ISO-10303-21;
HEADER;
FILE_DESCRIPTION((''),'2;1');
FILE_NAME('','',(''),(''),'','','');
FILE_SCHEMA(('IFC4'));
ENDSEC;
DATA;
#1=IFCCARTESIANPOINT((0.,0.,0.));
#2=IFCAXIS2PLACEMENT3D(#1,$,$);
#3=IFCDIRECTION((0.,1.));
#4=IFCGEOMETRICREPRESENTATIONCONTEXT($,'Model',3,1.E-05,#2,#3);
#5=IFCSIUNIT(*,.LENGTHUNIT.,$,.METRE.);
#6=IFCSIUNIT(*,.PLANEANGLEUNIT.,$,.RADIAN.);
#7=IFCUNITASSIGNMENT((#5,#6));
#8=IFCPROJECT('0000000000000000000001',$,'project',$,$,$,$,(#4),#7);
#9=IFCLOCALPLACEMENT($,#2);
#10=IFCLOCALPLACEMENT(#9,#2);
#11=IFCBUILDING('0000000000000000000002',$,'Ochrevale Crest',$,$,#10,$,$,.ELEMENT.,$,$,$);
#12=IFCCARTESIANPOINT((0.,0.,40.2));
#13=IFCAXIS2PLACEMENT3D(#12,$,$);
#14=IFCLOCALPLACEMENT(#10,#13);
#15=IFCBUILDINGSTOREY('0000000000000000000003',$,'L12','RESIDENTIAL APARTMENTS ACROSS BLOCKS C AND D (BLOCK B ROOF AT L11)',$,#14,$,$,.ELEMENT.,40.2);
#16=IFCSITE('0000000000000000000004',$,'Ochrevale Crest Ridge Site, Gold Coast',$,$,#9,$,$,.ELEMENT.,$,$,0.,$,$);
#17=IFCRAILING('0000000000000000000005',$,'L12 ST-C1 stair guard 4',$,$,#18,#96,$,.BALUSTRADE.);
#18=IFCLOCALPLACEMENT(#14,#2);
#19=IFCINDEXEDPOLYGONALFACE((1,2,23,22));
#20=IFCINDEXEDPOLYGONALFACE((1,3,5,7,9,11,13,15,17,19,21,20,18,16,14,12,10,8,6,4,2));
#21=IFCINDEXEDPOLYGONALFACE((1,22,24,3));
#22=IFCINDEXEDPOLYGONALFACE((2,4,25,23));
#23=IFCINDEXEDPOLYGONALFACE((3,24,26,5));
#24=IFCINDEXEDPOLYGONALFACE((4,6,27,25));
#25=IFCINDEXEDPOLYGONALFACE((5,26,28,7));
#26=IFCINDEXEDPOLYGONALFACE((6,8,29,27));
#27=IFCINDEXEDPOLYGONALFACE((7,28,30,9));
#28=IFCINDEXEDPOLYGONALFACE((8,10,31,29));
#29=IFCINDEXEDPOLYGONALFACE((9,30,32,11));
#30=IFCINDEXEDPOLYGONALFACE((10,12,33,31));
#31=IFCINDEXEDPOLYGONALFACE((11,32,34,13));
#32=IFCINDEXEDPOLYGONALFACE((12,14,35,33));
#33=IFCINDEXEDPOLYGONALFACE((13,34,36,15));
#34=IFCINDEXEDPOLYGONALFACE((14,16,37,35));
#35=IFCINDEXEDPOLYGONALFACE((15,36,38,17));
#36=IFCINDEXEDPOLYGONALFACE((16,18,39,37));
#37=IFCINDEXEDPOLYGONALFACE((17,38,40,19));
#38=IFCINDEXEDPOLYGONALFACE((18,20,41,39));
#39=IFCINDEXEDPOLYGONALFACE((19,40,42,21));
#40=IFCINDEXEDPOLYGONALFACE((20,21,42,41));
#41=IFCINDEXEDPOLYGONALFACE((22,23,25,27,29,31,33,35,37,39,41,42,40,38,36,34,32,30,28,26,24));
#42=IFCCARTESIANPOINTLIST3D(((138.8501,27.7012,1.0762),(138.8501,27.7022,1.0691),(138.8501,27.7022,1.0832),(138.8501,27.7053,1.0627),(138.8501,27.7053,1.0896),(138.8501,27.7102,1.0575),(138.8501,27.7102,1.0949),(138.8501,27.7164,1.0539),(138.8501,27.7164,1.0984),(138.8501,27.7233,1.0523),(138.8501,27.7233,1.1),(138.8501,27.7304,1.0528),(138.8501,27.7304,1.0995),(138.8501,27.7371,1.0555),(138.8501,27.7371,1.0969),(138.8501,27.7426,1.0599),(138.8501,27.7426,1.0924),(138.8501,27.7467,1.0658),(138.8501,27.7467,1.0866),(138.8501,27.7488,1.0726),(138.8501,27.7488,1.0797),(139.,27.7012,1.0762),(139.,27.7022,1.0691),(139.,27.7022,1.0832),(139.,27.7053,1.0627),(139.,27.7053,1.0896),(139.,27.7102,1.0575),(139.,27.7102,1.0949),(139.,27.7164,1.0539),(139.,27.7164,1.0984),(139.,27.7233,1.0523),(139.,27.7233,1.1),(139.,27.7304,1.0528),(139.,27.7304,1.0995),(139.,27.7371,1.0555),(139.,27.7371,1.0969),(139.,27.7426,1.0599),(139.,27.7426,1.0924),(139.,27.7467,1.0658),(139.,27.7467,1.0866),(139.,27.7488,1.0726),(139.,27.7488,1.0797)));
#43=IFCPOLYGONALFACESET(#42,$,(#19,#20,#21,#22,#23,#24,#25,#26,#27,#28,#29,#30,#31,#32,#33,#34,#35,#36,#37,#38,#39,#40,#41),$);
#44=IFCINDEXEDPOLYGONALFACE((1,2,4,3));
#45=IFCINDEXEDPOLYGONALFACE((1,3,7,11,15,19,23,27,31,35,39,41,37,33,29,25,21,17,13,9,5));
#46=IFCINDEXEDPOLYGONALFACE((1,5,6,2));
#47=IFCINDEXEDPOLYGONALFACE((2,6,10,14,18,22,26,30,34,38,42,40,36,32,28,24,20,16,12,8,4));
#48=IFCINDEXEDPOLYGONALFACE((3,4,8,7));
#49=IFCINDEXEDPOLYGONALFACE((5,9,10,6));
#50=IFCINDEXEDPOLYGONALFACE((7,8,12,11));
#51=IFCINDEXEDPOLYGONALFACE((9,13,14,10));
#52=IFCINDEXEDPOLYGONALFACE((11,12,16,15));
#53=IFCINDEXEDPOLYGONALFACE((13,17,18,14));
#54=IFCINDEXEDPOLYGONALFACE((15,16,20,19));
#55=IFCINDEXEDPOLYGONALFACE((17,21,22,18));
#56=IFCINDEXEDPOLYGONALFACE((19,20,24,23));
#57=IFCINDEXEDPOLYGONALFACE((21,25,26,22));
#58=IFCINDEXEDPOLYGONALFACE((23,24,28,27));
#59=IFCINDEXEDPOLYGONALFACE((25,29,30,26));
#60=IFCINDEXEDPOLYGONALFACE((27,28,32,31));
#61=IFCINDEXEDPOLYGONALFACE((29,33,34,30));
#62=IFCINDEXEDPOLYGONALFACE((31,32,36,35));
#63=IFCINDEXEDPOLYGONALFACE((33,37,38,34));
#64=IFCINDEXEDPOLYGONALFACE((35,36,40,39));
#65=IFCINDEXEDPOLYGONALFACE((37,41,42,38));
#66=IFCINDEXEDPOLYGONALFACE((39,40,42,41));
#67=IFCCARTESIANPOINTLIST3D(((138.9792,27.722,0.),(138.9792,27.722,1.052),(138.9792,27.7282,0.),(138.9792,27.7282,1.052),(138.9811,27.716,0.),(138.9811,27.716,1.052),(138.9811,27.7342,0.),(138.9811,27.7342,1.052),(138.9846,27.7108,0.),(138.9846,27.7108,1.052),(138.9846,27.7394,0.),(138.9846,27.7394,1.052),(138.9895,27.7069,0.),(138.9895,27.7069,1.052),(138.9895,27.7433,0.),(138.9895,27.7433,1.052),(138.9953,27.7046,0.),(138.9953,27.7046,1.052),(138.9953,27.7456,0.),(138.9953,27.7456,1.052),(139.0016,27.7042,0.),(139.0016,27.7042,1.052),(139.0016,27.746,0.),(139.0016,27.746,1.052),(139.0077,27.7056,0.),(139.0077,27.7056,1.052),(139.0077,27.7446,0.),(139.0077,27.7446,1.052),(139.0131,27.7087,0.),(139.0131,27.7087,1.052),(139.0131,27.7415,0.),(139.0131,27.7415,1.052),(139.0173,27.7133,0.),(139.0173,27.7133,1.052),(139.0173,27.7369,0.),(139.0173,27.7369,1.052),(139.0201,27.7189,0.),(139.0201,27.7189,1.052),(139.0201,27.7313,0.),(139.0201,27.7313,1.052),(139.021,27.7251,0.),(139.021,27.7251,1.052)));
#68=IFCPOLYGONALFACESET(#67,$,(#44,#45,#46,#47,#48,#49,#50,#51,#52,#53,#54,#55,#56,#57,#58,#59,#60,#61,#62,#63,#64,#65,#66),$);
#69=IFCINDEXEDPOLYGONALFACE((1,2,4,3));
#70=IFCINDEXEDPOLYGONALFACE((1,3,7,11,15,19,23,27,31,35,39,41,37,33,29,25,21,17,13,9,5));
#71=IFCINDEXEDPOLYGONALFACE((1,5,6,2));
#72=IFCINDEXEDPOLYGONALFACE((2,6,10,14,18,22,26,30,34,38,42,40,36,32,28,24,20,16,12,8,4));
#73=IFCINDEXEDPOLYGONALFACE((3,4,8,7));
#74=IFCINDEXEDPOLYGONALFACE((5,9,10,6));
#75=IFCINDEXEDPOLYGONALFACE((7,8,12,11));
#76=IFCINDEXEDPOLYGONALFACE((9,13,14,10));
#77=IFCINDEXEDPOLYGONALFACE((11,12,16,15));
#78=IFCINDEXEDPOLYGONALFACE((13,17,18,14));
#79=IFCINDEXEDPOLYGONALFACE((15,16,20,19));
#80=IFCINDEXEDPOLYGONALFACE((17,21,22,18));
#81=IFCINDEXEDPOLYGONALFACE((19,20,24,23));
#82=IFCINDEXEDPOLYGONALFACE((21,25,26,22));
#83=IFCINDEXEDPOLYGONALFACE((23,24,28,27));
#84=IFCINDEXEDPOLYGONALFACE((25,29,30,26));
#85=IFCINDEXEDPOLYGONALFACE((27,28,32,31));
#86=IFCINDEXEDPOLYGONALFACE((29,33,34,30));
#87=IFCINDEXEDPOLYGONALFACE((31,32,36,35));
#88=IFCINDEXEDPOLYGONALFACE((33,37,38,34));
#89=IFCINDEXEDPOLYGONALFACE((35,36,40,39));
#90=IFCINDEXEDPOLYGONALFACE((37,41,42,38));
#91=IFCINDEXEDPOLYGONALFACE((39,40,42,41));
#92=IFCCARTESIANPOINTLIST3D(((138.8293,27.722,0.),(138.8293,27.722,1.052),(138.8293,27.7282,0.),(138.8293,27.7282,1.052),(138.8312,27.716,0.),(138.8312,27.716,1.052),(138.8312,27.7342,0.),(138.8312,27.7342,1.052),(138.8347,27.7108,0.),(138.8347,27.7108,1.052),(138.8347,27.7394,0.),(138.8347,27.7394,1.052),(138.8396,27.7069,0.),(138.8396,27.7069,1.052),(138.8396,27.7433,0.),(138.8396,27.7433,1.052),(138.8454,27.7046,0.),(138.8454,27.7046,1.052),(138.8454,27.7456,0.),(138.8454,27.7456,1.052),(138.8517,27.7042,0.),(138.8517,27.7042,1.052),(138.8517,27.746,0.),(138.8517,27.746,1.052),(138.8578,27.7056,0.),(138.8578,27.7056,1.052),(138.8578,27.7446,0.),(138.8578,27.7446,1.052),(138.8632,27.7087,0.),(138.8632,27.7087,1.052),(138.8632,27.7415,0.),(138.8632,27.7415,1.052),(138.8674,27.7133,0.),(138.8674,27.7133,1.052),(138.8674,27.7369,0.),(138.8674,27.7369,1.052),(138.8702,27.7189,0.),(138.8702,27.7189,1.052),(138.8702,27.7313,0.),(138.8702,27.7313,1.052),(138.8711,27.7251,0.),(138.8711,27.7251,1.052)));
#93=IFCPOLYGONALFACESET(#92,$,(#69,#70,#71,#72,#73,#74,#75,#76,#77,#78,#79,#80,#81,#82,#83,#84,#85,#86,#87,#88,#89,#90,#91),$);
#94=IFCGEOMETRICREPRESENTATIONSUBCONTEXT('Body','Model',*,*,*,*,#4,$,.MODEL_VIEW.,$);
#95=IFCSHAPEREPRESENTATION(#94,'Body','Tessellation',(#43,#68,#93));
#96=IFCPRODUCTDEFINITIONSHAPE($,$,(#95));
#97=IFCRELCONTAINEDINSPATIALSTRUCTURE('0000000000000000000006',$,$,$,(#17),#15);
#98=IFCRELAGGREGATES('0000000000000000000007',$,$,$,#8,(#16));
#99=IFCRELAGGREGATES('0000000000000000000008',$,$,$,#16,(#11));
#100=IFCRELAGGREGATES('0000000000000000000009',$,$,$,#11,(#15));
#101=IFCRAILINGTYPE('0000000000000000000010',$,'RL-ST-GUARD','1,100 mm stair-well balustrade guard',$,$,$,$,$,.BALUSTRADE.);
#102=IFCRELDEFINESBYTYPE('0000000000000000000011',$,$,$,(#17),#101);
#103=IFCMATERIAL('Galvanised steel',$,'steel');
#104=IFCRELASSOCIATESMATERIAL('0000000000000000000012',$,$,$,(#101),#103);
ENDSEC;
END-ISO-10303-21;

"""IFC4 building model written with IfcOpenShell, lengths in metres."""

from ifc_helpers import new_model, si_unit, direction, frame, origin, origin_2d, place, context, subcontext, project, spatial, circle, extrude, material, type_object, element, save


model = new_model("IFC4")

# Units and contexts
model_context = context("Model", 3, precision=1e-05, world=origin(), true_north=direction((0.0, 1.0)))
body_context = subcontext(model_context, "Body", "Model", "MODEL_VIEW")
ifc_project = project(units=[si_unit("LENGTHUNIT", "METRE"), si_unit("PLANEANGLEUNIT", "RADIAN")], contexts=[model_context])

# Site, building, storey
site_placement = place(None, origin())
site = spatial("IfcSite", under=ifc_project, at=site_placement, Name="Ochrevale Crest Ridge Site, Gold Coast", CompositionType="ELEMENT", RefElevation=0.0)
building_placement = place(site_placement, origin())
building = spatial("IfcBuilding", under=site, at=building_placement, Name="Ochrevale Crest", CompositionType="ELEMENT")
storey_placement = place(building_placement, frame((0.0, 0.0, 40.2)))
storey = spatial("IfcBuildingStorey", under=building, at=storey_placement, Name="L12", Description="RESIDENTIAL APARTMENTS ACROSS BLOCKS C AND D (BLOCK B ROOF AT L11)", CompositionType="ELEMENT", Elevation=40.2)

# Railing
ifc_material_1 = material(Name="Galvanised steel", Category="steel")
railing_type_1 = type_object("IfcRailingType", Name="RL-ST-GUARD", Description="1,100 mm stair-well balustrade guard", PredefinedType="BALUSTRADE", material=ifc_material_1)
railing_1_placement = place(storey_placement, frame((139.0, 27.7251, 0.0)))
element("IfcRailing", 1, at=railing_1_placement, inside=storey, type_object=railing_type_1, Name="L12 ST-C1 stair guard 4", PredefinedType="BALUSTRADE", context=body_context, shape_type="SweptSolid", body=[
    extrude(circle(Radius=0.0239, at=origin_2d()), frame((0.0, 0.0, 1.0762), z_axis=(-1.0, 0.0, 0.0), x_axis=(0.0, -1.0, 0.0)), (0.0, 0.0, 1.0), 0.1499),
    extrude(circle(Radius=0.021, at=origin_2d()), origin(), (0.0, 0.0, 1.0), 1.052),
    extrude(circle(Radius=0.021, at=origin_2d()), frame((-0.1499, 0.0, 0.0)), (0.0, 0.0, 1.0), 1.052),
])

save(model, "model.ifc")
